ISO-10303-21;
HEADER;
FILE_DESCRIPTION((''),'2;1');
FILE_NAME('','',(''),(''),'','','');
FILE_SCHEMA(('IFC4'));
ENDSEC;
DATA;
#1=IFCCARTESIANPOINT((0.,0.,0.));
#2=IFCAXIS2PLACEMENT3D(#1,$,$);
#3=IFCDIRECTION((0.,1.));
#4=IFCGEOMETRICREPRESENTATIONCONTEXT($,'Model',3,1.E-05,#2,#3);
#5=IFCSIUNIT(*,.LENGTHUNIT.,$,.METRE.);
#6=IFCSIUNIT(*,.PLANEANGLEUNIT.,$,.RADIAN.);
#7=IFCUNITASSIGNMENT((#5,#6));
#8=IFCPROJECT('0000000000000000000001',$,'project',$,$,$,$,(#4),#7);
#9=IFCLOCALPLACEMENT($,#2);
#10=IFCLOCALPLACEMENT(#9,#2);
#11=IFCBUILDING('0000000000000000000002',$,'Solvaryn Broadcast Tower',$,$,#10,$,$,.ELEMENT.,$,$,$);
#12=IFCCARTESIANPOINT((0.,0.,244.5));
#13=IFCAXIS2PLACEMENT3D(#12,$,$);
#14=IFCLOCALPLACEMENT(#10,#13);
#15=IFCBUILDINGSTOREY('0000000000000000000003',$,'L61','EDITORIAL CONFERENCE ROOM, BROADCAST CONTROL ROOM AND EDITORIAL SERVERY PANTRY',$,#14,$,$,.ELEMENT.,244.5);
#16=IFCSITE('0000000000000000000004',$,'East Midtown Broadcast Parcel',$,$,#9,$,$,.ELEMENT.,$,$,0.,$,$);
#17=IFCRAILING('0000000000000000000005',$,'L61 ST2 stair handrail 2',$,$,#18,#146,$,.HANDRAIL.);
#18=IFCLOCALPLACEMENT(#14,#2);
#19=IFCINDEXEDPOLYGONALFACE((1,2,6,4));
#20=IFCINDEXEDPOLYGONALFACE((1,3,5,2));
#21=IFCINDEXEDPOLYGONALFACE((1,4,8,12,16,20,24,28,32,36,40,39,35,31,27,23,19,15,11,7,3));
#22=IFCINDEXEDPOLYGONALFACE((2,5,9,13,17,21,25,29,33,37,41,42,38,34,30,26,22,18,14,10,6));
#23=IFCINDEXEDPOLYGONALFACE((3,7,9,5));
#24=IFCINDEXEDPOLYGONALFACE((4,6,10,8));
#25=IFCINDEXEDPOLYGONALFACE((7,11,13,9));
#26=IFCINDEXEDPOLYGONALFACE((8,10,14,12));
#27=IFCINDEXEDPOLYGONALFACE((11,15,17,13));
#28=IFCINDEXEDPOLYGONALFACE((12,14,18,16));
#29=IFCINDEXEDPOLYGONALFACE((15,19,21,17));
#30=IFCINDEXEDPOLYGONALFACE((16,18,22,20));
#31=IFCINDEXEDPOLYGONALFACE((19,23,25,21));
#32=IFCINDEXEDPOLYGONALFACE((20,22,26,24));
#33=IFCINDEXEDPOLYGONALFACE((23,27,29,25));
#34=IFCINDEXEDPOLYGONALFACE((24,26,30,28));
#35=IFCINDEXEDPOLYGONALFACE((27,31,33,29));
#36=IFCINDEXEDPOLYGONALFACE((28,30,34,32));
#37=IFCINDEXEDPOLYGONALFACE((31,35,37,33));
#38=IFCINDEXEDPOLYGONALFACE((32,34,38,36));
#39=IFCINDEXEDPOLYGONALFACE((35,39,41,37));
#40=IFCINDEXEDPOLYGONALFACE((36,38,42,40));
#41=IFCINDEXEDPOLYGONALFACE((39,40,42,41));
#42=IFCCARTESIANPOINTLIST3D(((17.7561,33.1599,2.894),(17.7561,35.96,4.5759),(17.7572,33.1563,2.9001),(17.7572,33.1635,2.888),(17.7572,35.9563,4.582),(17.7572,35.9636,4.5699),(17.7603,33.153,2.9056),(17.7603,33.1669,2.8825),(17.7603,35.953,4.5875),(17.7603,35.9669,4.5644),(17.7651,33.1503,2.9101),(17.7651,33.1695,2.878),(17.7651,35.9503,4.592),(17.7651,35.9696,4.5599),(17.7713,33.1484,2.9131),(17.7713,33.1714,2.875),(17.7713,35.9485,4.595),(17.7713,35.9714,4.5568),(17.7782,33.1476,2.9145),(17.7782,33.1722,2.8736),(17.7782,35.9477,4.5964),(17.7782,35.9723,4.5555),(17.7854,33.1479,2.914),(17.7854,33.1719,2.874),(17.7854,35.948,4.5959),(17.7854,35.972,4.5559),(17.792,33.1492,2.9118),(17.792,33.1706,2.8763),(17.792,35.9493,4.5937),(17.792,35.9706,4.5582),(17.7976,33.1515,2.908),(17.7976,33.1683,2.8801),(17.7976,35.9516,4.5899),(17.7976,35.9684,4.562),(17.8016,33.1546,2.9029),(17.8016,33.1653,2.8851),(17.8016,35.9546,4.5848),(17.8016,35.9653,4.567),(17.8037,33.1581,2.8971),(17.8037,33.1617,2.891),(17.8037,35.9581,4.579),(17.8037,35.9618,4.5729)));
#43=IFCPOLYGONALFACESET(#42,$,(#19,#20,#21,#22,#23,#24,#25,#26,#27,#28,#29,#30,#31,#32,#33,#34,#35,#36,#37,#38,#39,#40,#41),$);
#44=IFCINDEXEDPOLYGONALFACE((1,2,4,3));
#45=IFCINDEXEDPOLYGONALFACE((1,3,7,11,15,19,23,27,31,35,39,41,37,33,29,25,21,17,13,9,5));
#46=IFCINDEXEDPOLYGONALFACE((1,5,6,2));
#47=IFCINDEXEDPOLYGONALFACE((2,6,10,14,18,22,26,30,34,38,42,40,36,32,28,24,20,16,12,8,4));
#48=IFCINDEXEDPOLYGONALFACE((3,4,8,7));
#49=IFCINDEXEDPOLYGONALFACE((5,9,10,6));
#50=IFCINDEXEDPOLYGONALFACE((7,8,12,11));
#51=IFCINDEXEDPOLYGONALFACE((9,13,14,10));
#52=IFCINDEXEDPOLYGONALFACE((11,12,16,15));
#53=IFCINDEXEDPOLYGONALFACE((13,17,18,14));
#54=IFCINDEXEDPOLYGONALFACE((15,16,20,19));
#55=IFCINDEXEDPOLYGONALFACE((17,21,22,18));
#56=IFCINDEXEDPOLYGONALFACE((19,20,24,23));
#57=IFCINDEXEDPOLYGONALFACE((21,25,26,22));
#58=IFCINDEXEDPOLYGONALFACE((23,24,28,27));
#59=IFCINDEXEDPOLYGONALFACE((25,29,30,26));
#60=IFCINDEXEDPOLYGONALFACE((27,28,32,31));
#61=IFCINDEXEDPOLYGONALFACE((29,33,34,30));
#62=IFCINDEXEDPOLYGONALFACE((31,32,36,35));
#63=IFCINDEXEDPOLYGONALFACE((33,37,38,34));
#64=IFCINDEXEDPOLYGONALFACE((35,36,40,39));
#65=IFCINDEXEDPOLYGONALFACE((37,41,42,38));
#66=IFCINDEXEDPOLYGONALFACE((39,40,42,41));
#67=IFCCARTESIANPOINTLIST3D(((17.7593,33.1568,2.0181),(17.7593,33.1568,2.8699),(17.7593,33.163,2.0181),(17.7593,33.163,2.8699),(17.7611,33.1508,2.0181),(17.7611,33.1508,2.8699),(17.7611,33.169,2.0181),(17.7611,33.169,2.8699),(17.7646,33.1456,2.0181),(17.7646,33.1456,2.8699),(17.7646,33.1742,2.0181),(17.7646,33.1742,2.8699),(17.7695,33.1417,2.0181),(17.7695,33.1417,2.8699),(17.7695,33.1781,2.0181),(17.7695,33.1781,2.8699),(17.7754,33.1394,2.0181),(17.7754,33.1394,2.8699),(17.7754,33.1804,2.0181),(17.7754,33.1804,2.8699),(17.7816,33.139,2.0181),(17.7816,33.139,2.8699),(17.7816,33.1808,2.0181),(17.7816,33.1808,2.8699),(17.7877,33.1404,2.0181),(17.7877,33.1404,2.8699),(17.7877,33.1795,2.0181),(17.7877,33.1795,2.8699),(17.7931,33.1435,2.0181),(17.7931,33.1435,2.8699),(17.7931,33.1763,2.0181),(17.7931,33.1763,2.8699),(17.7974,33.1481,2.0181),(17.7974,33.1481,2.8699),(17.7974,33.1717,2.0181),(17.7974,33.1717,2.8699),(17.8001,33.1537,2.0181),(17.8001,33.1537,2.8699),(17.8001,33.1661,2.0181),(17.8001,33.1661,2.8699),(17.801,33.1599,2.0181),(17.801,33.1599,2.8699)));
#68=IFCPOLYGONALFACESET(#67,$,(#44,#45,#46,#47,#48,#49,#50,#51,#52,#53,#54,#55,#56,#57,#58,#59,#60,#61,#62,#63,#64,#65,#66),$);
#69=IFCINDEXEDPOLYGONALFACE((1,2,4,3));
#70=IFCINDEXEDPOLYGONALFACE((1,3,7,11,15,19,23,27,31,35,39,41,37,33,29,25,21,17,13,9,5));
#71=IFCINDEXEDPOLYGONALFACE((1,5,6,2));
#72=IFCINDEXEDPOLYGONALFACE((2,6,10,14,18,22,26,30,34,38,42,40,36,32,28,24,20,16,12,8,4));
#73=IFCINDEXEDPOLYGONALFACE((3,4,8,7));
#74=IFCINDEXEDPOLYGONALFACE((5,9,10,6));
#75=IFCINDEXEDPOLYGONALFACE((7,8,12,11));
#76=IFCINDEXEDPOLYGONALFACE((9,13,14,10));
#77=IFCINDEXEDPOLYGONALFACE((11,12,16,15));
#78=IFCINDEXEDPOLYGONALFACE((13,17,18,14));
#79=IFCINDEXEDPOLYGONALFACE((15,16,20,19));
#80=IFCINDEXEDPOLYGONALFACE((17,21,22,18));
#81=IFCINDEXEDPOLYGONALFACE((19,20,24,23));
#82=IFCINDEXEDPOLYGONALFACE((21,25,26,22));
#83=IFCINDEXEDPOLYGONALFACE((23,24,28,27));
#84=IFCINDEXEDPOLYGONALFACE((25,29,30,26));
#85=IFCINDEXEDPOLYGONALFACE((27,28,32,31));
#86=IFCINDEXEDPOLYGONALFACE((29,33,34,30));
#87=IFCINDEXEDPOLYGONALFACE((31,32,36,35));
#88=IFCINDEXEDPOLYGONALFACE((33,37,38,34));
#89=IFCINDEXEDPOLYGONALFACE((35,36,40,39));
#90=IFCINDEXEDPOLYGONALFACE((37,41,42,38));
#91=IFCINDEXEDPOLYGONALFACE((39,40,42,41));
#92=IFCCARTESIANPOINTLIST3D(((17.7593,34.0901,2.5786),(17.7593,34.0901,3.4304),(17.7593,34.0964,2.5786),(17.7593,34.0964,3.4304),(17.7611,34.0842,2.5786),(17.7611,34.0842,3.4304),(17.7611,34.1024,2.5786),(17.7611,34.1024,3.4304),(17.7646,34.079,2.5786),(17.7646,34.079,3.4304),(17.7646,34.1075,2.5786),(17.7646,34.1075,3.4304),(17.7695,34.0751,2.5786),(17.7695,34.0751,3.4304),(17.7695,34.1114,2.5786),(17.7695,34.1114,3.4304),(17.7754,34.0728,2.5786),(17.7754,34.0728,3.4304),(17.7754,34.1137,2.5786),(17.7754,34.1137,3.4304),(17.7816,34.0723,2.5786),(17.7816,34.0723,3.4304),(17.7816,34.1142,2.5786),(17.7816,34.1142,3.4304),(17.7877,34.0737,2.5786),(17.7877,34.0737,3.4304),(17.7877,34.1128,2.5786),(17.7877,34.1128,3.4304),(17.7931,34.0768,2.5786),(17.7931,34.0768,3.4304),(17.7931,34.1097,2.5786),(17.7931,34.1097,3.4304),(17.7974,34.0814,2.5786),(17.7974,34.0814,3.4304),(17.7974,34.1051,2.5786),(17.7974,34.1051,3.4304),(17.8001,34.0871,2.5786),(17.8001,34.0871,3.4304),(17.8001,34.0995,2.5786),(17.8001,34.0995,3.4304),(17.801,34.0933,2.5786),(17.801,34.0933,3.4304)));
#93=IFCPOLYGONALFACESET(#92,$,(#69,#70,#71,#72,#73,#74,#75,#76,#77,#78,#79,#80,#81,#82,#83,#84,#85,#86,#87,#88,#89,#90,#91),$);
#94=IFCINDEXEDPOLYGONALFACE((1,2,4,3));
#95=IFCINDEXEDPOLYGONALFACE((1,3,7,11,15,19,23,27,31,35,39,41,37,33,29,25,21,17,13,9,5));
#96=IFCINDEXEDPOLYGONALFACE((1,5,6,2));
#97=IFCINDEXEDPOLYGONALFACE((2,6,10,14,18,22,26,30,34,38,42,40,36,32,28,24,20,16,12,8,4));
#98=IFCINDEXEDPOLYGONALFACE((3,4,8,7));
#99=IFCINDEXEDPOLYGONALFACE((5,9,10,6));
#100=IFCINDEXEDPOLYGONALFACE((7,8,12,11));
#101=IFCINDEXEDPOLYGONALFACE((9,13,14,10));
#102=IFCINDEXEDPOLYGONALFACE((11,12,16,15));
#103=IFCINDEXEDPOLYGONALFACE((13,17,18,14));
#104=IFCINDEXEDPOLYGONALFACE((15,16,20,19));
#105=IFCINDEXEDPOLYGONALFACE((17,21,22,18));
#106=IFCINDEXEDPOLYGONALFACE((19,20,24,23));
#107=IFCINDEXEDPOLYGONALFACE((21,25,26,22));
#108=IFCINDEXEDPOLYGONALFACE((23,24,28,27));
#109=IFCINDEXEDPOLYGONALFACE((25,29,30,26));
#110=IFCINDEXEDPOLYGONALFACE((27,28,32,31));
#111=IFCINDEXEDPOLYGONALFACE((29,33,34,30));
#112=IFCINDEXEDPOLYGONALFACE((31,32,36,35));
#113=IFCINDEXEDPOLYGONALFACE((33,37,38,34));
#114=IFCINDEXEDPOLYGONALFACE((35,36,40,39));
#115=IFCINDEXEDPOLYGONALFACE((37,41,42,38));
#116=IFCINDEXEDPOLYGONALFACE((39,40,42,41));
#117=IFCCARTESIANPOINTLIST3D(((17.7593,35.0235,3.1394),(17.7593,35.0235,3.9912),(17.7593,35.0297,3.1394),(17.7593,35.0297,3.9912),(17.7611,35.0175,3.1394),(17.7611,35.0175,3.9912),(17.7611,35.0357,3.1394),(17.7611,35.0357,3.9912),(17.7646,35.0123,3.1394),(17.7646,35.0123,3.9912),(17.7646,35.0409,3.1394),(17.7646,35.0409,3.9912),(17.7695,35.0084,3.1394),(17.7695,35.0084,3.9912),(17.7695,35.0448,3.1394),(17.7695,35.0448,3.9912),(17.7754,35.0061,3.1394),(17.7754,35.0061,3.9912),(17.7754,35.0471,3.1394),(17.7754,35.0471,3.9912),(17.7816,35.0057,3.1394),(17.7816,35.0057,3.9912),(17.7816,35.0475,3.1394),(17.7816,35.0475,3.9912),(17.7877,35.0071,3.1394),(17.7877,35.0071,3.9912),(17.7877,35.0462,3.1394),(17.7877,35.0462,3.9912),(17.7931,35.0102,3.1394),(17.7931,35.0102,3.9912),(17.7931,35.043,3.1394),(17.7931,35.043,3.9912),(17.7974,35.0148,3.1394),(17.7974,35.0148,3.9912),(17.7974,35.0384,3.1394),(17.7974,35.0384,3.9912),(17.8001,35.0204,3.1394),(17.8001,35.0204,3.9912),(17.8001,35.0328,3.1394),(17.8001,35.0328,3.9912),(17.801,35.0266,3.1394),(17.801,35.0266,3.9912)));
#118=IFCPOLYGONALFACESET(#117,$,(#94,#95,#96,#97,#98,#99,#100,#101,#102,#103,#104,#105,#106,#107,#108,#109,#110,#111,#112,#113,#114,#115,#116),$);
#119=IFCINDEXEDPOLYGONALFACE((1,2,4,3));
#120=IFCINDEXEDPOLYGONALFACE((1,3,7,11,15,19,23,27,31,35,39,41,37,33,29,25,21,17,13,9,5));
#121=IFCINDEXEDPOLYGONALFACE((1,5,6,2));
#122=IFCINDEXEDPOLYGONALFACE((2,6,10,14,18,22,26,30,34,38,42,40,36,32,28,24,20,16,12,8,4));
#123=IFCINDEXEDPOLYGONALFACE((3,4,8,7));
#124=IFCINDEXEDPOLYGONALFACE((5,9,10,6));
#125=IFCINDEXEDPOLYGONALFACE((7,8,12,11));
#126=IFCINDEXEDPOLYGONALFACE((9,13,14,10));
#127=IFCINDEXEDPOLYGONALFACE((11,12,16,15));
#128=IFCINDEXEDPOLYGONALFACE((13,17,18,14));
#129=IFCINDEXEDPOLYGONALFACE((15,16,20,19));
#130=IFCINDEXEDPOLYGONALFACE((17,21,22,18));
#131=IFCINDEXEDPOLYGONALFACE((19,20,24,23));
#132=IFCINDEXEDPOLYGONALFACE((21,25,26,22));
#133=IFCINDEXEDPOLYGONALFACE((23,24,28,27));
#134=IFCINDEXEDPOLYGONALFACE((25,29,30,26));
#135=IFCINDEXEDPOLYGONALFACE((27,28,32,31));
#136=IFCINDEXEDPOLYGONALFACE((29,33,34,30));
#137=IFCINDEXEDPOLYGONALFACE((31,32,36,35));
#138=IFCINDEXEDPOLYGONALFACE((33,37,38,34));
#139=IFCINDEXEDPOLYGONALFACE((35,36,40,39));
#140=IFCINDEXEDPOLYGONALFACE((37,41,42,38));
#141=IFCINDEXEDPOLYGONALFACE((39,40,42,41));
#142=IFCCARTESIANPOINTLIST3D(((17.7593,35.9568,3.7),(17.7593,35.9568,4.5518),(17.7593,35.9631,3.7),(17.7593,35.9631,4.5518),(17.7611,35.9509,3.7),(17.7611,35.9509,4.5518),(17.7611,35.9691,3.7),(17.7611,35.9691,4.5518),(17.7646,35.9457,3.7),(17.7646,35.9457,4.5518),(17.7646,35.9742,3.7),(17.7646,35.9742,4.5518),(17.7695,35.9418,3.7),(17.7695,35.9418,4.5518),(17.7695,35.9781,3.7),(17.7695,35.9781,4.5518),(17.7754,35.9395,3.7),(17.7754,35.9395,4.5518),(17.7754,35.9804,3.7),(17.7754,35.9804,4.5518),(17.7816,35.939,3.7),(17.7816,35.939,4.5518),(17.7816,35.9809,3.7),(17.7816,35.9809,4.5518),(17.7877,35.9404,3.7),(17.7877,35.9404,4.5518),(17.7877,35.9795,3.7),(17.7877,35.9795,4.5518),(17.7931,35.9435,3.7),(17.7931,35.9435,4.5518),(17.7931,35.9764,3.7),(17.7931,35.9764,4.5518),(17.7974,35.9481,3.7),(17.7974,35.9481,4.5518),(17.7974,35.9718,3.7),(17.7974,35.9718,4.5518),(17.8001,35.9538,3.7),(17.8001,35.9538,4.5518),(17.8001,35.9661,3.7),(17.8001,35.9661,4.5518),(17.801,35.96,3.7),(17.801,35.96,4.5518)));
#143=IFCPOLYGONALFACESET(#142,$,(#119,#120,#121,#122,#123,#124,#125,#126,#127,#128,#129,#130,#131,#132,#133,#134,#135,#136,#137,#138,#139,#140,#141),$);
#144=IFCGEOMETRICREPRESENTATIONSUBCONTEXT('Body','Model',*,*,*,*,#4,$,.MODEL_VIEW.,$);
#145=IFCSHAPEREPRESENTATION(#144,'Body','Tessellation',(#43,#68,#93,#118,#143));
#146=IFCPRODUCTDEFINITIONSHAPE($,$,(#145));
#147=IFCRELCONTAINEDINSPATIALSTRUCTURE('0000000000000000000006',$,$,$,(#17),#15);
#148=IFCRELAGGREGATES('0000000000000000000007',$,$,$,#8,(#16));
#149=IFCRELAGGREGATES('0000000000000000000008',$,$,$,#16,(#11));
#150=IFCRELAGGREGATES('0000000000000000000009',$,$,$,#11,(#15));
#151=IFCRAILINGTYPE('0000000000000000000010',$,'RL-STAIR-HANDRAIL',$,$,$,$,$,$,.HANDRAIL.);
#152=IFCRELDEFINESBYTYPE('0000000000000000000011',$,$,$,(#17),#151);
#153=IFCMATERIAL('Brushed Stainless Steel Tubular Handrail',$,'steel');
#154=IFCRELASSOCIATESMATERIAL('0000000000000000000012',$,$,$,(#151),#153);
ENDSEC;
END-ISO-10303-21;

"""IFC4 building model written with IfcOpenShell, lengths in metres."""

from ifc_helpers import new_model, si_unit, direction, frame, origin, origin_2d, place, context, subcontext, project, spatial, circle, extrude, material, type_object, element, save


model = new_model("IFC4")

# Units and contexts
model_context = context("Model", 3, precision=1e-05, world=origin(), true_north=direction((0.0, 1.0)))
body_context = subcontext(model_context, "Body", "Model", "MODEL_VIEW")
ifc_project = project(units=[si_unit("LENGTHUNIT", "METRE"), si_unit("PLANEANGLEUNIT", "RADIAN")], contexts=[model_context])

# Site, building, storey
site_placement = place(None, origin())
site = spatial("IfcSite", under=ifc_project, at=site_placement, Name="East Midtown Broadcast Parcel", CompositionType="ELEMENT", RefElevation=0.0)
building_placement = place(site_placement, origin())
building = spatial("IfcBuilding", under=site, at=building_placement, Name="Solvaryn Broadcast Tower", CompositionType="ELEMENT")
storey_placement = place(building_placement, frame((0.0, 0.0, 244.5)))
storey = spatial("IfcBuildingStorey", under=building, at=storey_placement, Name="L61", Description="EDITORIAL CONFERENCE ROOM, BROADCAST CONTROL ROOM AND EDITORIAL SERVERY PANTRY", CompositionType="ELEMENT", Elevation=244.5)

# Railing
ifc_material_1 = material(Name="Brushed Stainless Steel Tubular Handrail", Category="steel")
railing_type_1 = type_object("IfcRailingType", Name="RL-STAIR-HANDRAIL", PredefinedType="HANDRAIL", material=ifc_material_1)
railing_1_placement = place(storey_placement, frame((17.78, 33.1599, 2.0181)))
element("IfcRailing", 1, at=railing_1_placement, inside=storey, type_object=railing_type_1, Name="L61 ST2 stair handrail 2", PredefinedType="HANDRAIL", context=body_context, shape_type="SweptSolid", body=[
    extrude(circle(Radius=0.0239, at=origin_2d()), frame((0.0, 0.0, 0.876), z_axis=(0.0, 0.857242, 0.514913), x_axis=(-1.0, 0.0, 0.0)), (0.0, 0.0, 1.0), 3.2664),
    extrude(circle(Radius=0.021, at=origin_2d()), origin(), (0.0, 0.0, 1.0), 0.8518),
    extrude(circle(Radius=0.021, at=origin_2d()), frame((0.0, 0.9333, 0.5605)), (0.0, 0.0, 1.0), 0.8518),
    extrude(circle(Radius=0.021, at=origin_2d()), frame((0.0, 1.8667, 1.1213)), (0.0, 0.0, 1.0), 0.8518),
    extrude(circle(Radius=0.021, at=origin_2d()), frame((0.0, 2.8, 1.6819)), (0.0, 0.0, 1.0), 0.8518),
])

save(model, "model.ifc")
